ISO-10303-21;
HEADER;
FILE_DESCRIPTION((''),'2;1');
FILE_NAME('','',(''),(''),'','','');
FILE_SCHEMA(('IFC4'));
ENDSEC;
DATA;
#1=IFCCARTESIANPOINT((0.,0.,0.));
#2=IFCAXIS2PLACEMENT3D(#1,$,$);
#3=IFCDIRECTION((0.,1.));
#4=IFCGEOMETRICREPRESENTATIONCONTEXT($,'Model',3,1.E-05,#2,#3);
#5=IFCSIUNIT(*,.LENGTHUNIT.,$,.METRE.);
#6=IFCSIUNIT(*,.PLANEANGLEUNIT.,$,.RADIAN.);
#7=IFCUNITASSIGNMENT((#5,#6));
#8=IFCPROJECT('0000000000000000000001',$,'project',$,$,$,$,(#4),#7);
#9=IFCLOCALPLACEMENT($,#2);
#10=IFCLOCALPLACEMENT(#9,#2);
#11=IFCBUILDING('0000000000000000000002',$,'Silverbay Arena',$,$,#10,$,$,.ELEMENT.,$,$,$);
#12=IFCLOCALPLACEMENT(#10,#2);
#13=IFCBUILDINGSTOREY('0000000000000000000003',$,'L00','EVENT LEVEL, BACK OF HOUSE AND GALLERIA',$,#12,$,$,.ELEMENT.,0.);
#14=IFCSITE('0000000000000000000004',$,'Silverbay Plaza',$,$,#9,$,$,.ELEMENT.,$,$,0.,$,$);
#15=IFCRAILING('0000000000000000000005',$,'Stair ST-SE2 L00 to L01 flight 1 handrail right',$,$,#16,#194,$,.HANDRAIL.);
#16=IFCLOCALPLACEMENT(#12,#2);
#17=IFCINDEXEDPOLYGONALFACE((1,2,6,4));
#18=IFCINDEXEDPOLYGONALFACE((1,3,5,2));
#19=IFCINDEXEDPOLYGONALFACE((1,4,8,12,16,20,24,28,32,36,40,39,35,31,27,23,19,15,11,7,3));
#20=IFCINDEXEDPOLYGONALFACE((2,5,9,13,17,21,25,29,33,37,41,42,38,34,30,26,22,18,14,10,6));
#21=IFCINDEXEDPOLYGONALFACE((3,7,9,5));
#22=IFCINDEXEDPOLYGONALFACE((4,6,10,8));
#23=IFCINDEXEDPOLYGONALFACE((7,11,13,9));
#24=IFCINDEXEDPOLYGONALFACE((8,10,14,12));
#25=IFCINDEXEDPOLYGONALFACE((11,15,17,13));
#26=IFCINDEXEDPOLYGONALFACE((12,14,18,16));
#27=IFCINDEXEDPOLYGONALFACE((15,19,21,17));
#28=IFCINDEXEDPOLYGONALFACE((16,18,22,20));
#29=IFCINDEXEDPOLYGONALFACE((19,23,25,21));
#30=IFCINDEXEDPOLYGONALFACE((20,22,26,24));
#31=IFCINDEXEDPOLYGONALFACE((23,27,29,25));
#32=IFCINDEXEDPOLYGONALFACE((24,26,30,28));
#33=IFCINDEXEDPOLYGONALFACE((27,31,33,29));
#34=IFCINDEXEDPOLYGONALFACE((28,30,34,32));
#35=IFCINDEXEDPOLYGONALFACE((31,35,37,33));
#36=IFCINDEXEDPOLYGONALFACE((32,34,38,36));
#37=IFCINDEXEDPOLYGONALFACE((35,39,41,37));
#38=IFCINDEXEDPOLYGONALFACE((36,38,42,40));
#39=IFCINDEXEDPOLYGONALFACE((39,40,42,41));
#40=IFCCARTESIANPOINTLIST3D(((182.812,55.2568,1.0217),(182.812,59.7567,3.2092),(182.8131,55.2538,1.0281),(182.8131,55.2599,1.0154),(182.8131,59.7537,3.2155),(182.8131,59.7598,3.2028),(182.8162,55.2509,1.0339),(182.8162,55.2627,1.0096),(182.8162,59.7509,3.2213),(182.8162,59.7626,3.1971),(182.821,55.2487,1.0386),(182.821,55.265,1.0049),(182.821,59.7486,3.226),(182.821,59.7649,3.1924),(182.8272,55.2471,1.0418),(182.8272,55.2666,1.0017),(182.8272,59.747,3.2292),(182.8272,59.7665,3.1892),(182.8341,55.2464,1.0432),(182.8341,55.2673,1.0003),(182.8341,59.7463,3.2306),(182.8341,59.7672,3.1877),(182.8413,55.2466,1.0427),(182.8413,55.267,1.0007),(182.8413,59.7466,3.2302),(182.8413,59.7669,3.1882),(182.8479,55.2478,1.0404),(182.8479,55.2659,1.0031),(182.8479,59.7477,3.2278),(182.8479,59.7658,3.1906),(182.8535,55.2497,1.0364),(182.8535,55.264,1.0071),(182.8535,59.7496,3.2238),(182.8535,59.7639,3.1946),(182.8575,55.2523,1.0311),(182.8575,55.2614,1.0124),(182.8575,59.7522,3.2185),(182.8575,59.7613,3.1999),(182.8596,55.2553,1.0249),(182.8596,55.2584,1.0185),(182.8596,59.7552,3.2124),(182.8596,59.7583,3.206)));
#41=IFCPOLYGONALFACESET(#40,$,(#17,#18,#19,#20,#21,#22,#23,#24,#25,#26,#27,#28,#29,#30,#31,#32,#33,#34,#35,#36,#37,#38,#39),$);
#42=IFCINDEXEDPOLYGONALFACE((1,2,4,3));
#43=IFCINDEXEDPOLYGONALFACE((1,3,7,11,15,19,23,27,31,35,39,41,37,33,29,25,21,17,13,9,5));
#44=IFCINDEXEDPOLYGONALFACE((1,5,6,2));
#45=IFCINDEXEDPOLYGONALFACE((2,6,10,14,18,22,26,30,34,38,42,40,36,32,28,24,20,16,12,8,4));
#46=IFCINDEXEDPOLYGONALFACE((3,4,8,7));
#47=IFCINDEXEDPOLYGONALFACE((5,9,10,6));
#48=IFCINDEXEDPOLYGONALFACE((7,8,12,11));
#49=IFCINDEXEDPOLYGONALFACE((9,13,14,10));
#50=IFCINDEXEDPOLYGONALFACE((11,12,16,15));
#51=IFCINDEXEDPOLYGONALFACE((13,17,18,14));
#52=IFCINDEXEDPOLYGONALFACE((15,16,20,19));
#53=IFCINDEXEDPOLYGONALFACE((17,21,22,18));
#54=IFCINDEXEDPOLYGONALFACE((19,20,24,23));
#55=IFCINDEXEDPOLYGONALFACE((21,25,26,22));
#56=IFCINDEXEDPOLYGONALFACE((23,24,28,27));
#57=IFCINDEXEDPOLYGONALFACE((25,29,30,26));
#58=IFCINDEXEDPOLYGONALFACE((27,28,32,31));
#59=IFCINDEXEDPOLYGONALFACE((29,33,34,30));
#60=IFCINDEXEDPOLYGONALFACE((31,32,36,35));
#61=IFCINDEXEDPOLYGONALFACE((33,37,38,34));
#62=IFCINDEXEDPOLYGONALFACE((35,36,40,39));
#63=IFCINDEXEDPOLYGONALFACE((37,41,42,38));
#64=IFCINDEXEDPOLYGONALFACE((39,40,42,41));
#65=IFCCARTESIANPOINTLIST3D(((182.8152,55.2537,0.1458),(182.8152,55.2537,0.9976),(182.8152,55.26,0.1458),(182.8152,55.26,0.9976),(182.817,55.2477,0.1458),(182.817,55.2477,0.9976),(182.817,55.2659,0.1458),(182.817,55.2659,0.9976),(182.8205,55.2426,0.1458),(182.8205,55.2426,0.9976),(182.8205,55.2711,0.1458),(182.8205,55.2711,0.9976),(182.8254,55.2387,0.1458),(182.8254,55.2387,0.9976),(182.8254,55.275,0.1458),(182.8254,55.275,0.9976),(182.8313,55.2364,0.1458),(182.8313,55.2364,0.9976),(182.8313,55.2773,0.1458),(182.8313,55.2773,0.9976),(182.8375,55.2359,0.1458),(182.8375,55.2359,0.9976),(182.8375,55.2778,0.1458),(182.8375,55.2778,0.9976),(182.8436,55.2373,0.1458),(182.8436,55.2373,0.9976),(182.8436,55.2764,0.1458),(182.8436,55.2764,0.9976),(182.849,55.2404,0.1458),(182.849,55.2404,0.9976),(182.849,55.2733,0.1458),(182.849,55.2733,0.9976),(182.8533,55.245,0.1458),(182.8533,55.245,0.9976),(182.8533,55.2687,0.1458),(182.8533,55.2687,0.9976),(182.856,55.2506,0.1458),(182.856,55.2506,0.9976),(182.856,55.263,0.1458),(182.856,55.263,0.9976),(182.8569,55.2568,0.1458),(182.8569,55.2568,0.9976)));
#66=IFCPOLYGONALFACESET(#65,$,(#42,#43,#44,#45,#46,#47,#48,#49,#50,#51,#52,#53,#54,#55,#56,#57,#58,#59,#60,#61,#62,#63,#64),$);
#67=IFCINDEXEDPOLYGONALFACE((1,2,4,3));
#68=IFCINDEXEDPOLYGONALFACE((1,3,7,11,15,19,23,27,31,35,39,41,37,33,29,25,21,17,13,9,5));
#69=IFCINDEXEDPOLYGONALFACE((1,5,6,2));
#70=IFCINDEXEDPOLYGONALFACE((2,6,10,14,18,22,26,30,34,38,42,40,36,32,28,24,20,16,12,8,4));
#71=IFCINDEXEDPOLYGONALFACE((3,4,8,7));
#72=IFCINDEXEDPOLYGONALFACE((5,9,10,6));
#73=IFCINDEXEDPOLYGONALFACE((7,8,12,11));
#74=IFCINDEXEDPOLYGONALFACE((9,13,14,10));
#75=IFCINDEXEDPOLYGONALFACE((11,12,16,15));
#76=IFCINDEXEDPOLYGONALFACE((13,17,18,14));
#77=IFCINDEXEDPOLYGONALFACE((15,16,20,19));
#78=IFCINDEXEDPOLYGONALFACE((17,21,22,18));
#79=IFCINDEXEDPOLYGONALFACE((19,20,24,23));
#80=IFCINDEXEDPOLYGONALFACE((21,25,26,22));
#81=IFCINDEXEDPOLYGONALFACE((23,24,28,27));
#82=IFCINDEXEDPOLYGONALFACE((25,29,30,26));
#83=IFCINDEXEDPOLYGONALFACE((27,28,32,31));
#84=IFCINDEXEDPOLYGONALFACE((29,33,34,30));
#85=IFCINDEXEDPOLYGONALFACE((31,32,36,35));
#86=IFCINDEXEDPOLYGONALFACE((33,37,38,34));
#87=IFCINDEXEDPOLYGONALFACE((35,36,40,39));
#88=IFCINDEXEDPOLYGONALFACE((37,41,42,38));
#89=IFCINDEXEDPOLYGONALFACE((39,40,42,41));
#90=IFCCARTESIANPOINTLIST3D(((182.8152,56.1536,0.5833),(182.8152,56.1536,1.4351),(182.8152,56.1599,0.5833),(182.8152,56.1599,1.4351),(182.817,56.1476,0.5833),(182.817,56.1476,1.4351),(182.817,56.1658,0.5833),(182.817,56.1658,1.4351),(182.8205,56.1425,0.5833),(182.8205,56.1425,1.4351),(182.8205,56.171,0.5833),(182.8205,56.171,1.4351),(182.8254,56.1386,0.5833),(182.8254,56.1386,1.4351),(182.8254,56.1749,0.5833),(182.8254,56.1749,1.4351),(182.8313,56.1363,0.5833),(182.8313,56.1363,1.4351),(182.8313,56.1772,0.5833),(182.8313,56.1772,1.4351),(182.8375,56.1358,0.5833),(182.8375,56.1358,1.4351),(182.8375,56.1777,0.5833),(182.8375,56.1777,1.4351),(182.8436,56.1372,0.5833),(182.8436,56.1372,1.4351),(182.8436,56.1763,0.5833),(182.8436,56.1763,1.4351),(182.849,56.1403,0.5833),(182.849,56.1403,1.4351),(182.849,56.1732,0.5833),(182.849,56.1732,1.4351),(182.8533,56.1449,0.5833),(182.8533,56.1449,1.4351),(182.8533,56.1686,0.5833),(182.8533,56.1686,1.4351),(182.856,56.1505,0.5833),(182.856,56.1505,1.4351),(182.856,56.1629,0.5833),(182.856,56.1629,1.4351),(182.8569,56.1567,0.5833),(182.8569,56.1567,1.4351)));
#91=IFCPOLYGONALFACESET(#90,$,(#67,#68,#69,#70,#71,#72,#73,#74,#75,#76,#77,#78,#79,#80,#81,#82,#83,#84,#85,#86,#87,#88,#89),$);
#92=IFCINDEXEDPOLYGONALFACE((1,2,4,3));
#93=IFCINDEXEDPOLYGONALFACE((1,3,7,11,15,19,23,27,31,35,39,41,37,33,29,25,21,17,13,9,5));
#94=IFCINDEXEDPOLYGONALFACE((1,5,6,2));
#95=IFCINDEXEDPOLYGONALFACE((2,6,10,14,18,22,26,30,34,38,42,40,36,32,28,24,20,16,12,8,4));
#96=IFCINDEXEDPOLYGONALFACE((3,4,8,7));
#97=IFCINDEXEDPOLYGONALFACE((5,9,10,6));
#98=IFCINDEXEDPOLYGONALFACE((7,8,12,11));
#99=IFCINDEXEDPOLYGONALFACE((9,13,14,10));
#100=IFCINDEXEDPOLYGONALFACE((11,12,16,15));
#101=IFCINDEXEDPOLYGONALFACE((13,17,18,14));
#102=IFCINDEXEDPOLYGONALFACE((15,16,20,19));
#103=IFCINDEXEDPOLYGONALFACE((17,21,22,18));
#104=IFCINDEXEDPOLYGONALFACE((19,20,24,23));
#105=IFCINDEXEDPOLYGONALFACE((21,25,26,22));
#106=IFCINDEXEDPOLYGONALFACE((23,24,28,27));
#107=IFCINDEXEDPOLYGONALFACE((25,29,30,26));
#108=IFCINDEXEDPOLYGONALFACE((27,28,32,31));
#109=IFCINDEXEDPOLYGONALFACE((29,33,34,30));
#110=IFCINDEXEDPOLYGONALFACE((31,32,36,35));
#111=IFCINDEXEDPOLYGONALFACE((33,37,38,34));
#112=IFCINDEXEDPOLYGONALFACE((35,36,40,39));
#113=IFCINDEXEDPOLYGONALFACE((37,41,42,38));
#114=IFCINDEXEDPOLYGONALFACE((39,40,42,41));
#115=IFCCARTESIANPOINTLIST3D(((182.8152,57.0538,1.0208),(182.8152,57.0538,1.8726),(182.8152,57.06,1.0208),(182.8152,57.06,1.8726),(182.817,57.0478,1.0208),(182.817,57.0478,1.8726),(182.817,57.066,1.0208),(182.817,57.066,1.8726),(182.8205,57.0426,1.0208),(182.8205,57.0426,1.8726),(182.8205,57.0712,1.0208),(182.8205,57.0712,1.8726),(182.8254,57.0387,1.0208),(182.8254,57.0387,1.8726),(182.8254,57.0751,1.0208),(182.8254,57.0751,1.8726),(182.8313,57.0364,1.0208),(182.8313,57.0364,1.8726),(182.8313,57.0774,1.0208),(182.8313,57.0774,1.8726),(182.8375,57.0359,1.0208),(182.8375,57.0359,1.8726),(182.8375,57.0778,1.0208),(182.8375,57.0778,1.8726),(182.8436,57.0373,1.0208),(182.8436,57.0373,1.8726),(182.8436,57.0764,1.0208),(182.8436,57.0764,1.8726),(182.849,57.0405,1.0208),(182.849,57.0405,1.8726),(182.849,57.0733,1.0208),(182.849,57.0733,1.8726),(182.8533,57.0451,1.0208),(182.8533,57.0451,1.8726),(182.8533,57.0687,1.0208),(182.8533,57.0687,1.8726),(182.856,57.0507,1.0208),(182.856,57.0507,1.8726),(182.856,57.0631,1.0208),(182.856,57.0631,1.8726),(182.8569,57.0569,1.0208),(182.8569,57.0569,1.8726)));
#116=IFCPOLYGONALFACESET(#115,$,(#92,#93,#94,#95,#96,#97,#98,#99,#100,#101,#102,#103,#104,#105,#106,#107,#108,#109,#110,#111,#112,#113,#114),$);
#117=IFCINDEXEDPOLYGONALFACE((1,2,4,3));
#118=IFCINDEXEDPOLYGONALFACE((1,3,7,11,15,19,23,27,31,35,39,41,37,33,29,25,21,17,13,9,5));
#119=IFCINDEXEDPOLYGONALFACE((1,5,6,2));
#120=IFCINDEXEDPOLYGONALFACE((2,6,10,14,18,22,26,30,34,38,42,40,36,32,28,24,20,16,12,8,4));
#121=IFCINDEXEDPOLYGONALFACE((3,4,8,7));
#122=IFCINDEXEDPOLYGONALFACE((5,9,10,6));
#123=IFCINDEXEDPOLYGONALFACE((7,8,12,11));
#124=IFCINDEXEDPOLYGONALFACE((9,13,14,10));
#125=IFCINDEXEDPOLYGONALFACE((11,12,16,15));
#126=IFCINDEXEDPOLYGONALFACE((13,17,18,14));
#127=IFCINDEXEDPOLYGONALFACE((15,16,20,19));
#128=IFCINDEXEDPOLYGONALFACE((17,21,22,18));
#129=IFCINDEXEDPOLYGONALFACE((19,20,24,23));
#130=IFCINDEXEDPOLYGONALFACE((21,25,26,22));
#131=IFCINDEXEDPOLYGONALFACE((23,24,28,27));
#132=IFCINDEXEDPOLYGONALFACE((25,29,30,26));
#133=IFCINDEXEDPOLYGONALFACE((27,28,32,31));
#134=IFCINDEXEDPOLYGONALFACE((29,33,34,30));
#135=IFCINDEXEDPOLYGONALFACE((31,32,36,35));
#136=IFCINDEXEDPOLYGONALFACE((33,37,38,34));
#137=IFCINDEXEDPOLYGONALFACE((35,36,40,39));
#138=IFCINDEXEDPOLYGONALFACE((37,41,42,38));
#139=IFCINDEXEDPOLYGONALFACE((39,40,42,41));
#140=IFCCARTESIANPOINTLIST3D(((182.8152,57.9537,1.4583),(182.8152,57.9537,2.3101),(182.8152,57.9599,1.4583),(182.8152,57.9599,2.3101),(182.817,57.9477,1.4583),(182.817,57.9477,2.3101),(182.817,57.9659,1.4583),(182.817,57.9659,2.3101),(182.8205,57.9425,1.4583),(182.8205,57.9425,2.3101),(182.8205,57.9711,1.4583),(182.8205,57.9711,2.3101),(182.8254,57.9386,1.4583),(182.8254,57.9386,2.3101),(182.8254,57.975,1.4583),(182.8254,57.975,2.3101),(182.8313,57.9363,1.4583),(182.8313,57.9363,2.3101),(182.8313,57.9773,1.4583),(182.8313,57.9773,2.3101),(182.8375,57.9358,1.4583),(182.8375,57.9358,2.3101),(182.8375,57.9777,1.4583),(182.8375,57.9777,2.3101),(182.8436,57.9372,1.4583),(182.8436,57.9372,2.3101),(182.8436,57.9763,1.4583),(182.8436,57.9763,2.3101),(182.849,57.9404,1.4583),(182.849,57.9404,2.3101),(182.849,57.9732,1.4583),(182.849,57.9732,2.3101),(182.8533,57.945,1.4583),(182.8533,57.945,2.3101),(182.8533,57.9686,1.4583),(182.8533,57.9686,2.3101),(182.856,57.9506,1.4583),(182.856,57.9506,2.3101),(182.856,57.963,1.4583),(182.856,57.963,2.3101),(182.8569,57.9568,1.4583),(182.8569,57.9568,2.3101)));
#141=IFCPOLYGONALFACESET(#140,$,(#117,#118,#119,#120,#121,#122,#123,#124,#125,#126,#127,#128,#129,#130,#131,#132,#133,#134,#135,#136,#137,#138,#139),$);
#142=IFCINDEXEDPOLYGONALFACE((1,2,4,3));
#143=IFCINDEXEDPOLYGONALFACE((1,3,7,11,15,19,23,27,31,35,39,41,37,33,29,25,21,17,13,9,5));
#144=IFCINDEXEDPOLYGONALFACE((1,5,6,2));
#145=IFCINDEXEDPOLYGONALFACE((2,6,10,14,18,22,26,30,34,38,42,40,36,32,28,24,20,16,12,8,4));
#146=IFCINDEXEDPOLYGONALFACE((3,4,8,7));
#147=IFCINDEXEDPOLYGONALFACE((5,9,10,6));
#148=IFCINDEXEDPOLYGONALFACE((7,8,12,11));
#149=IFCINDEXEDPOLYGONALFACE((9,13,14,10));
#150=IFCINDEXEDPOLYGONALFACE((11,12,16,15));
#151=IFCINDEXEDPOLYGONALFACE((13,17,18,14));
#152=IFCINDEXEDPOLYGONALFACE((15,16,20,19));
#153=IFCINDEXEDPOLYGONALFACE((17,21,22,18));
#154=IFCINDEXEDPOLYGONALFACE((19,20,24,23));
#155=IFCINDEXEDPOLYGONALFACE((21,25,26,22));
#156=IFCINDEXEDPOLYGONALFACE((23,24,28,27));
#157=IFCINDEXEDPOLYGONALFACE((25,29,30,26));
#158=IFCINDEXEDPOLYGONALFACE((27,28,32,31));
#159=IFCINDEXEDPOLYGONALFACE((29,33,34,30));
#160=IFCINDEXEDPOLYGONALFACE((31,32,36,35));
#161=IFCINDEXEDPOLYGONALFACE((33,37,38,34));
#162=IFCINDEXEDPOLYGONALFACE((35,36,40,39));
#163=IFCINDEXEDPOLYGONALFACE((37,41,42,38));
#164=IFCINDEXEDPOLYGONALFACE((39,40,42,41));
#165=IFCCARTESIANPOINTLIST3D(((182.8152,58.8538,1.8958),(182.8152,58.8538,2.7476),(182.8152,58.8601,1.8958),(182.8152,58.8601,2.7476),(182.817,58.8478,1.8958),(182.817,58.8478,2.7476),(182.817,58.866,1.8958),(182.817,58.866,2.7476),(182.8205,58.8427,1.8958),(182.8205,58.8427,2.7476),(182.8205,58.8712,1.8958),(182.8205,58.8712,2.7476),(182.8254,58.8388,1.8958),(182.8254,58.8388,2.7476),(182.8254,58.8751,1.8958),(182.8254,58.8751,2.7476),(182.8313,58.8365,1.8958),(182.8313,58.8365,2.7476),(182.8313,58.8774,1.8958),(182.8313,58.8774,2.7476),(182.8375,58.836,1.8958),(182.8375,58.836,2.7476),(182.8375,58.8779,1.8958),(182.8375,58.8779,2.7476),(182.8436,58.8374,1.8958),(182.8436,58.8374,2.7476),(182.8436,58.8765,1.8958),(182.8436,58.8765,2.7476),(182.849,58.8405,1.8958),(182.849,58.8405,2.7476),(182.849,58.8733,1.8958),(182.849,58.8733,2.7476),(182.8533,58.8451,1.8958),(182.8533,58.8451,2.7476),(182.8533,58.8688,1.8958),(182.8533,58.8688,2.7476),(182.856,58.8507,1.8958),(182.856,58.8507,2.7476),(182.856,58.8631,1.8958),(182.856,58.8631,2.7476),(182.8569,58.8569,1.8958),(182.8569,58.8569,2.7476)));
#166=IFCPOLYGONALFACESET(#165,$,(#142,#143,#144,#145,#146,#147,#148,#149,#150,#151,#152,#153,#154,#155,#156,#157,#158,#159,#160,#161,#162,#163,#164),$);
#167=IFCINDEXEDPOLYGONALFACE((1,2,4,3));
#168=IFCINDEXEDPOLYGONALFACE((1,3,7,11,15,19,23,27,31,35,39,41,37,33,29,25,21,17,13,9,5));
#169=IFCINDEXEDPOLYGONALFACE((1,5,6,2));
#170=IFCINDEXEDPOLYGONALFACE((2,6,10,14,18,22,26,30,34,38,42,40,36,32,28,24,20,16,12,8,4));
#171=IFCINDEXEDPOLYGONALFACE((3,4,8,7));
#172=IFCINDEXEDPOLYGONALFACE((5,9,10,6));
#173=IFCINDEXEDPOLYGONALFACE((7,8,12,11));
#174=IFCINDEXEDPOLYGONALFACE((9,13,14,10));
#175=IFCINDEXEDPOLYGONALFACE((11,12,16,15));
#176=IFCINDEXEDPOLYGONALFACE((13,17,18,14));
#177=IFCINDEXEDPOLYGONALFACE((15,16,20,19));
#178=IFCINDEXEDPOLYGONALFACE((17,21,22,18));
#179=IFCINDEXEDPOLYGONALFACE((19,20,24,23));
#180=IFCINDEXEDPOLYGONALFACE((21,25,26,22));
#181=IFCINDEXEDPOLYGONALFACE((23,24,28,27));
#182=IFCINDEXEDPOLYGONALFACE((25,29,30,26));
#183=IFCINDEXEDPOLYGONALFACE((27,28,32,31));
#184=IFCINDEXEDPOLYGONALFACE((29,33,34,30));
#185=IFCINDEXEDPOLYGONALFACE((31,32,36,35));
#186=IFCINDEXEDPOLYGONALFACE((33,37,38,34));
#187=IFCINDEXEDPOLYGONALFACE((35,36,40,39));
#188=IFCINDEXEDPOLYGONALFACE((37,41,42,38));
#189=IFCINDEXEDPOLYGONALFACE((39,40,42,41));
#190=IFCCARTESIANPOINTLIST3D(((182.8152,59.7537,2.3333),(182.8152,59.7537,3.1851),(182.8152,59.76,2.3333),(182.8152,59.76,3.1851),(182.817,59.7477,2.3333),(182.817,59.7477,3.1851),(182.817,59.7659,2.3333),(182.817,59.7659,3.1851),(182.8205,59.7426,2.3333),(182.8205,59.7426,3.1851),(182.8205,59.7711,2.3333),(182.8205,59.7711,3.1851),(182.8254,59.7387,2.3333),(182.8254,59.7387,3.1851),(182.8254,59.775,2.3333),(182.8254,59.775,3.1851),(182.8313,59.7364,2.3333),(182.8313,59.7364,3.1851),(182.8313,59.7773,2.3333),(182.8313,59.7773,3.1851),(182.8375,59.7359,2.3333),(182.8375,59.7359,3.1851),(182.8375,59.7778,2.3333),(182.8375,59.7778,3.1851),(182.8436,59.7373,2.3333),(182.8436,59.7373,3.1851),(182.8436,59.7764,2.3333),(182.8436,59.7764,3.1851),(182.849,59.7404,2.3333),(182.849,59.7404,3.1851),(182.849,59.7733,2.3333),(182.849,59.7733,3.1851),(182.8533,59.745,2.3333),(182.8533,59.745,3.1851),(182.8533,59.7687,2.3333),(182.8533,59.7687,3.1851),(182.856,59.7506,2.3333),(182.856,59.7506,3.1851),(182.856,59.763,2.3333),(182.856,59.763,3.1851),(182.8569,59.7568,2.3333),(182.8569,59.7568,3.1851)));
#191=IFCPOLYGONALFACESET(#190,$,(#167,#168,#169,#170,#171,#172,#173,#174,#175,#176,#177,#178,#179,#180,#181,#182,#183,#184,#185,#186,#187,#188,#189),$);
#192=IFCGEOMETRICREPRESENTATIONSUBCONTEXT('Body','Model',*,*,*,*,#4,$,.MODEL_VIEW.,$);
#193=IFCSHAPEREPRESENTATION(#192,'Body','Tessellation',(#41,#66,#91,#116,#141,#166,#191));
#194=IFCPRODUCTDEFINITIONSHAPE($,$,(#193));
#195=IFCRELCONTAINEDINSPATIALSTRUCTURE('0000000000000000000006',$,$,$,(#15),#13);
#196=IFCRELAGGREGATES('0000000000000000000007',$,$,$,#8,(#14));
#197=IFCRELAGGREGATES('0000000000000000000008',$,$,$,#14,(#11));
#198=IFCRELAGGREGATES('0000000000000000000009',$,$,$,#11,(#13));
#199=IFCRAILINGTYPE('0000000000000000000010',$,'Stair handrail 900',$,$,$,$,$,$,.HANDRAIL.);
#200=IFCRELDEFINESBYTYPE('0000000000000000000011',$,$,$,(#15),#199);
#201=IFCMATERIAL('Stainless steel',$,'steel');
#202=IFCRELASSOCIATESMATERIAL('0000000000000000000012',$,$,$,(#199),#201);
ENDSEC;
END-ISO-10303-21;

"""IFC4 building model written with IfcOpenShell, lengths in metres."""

from ifc_helpers import new_model, si_unit, direction, frame, origin, origin_2d, place, context, subcontext, project, spatial, circle, extrude, material, type_object, element, save


model = new_model("IFC4")

# Units and contexts
model_context = context("Model", 3, precision=1e-05, world=origin(), true_north=direction((0.0, 1.0)))
body_context = subcontext(model_context, "Body", "Model", "MODEL_VIEW")
ifc_project = project(units=[si_unit("LENGTHUNIT", "METRE"), si_unit("PLANEANGLEUNIT", "RADIAN")], contexts=[model_context])

# Site, building, storey
site_placement = place(None, origin())
site = spatial("IfcSite", under=ifc_project, at=site_placement, Name="Silverbay Plaza", CompositionType="ELEMENT", RefElevation=0.0)
building_placement = place(site_placement, origin())
building = spatial("IfcBuilding", under=site, at=building_placement, Name="Silverbay Arena", CompositionType="ELEMENT")
storey_placement = place(building_placement, origin())
storey = spatial("IfcBuildingStorey", under=building, at=storey_placement, Name="L00", Description="EVENT LEVEL, BACK OF HOUSE AND GALLERIA", CompositionType="ELEMENT", Elevation=0.0)

# Railing
ifc_material_1 = material(Name="Stainless steel", Category="steel")
railing_type_1 = type_object("IfcRailingType", Name="Stair handrail 900", PredefinedType="HANDRAIL", material=ifc_material_1)
for number, where, name in (
    (1, (182.8359, 55.2568, 0.1458), "Stair ST-SE2 L00 to L01 flight 1 handrail right"),
):
    element("IfcRailing", number, at=place(storey_placement, frame(where)), inside=storey, type_object=railing_type_1, Name=name, PredefinedType="HANDRAIL", context=body_context, shape_type="SweptSolid", body=[
        extrude(circle(Radius=0.0239, at=origin_2d()), frame((0.0, 0.0, 0.876), z_axis=(0.0, 0.899368, 0.437193), x_axis=(-1.0, 0.0, 0.0)), (0.0, 0.0, 1.0), 5.0034),
        extrude(circle(Radius=0.021, at=origin_2d()), origin(), (0.0, 0.0, 1.0), 0.8518),
        extrude(circle(Radius=0.021, at=origin_2d()), frame((0.0, 0.8999, 0.4375)), (0.0, 0.0, 1.0), 0.8518),
        extrude(circle(Radius=0.021, at=origin_2d()), frame((0.0, 1.8, 0.875)), (0.0, 0.0, 1.0), 0.8518),
        extrude(circle(Radius=0.021, at=origin_2d()), frame((0.0, 2.7, 1.3125)), (0.0, 0.0, 1.0), 0.8518),
        extrude(circle(Radius=0.021, at=origin_2d()), frame((0.0, 3.6001, 1.75)), (0.0, 0.0, 1.0), 0.8518),
        extrude(circle(Radius=0.021, at=origin_2d()), frame((0.0, 4.5, 2.1875)), (0.0, 0.0, 1.0), 0.8518),
    ])

save(model, "model.ifc")
